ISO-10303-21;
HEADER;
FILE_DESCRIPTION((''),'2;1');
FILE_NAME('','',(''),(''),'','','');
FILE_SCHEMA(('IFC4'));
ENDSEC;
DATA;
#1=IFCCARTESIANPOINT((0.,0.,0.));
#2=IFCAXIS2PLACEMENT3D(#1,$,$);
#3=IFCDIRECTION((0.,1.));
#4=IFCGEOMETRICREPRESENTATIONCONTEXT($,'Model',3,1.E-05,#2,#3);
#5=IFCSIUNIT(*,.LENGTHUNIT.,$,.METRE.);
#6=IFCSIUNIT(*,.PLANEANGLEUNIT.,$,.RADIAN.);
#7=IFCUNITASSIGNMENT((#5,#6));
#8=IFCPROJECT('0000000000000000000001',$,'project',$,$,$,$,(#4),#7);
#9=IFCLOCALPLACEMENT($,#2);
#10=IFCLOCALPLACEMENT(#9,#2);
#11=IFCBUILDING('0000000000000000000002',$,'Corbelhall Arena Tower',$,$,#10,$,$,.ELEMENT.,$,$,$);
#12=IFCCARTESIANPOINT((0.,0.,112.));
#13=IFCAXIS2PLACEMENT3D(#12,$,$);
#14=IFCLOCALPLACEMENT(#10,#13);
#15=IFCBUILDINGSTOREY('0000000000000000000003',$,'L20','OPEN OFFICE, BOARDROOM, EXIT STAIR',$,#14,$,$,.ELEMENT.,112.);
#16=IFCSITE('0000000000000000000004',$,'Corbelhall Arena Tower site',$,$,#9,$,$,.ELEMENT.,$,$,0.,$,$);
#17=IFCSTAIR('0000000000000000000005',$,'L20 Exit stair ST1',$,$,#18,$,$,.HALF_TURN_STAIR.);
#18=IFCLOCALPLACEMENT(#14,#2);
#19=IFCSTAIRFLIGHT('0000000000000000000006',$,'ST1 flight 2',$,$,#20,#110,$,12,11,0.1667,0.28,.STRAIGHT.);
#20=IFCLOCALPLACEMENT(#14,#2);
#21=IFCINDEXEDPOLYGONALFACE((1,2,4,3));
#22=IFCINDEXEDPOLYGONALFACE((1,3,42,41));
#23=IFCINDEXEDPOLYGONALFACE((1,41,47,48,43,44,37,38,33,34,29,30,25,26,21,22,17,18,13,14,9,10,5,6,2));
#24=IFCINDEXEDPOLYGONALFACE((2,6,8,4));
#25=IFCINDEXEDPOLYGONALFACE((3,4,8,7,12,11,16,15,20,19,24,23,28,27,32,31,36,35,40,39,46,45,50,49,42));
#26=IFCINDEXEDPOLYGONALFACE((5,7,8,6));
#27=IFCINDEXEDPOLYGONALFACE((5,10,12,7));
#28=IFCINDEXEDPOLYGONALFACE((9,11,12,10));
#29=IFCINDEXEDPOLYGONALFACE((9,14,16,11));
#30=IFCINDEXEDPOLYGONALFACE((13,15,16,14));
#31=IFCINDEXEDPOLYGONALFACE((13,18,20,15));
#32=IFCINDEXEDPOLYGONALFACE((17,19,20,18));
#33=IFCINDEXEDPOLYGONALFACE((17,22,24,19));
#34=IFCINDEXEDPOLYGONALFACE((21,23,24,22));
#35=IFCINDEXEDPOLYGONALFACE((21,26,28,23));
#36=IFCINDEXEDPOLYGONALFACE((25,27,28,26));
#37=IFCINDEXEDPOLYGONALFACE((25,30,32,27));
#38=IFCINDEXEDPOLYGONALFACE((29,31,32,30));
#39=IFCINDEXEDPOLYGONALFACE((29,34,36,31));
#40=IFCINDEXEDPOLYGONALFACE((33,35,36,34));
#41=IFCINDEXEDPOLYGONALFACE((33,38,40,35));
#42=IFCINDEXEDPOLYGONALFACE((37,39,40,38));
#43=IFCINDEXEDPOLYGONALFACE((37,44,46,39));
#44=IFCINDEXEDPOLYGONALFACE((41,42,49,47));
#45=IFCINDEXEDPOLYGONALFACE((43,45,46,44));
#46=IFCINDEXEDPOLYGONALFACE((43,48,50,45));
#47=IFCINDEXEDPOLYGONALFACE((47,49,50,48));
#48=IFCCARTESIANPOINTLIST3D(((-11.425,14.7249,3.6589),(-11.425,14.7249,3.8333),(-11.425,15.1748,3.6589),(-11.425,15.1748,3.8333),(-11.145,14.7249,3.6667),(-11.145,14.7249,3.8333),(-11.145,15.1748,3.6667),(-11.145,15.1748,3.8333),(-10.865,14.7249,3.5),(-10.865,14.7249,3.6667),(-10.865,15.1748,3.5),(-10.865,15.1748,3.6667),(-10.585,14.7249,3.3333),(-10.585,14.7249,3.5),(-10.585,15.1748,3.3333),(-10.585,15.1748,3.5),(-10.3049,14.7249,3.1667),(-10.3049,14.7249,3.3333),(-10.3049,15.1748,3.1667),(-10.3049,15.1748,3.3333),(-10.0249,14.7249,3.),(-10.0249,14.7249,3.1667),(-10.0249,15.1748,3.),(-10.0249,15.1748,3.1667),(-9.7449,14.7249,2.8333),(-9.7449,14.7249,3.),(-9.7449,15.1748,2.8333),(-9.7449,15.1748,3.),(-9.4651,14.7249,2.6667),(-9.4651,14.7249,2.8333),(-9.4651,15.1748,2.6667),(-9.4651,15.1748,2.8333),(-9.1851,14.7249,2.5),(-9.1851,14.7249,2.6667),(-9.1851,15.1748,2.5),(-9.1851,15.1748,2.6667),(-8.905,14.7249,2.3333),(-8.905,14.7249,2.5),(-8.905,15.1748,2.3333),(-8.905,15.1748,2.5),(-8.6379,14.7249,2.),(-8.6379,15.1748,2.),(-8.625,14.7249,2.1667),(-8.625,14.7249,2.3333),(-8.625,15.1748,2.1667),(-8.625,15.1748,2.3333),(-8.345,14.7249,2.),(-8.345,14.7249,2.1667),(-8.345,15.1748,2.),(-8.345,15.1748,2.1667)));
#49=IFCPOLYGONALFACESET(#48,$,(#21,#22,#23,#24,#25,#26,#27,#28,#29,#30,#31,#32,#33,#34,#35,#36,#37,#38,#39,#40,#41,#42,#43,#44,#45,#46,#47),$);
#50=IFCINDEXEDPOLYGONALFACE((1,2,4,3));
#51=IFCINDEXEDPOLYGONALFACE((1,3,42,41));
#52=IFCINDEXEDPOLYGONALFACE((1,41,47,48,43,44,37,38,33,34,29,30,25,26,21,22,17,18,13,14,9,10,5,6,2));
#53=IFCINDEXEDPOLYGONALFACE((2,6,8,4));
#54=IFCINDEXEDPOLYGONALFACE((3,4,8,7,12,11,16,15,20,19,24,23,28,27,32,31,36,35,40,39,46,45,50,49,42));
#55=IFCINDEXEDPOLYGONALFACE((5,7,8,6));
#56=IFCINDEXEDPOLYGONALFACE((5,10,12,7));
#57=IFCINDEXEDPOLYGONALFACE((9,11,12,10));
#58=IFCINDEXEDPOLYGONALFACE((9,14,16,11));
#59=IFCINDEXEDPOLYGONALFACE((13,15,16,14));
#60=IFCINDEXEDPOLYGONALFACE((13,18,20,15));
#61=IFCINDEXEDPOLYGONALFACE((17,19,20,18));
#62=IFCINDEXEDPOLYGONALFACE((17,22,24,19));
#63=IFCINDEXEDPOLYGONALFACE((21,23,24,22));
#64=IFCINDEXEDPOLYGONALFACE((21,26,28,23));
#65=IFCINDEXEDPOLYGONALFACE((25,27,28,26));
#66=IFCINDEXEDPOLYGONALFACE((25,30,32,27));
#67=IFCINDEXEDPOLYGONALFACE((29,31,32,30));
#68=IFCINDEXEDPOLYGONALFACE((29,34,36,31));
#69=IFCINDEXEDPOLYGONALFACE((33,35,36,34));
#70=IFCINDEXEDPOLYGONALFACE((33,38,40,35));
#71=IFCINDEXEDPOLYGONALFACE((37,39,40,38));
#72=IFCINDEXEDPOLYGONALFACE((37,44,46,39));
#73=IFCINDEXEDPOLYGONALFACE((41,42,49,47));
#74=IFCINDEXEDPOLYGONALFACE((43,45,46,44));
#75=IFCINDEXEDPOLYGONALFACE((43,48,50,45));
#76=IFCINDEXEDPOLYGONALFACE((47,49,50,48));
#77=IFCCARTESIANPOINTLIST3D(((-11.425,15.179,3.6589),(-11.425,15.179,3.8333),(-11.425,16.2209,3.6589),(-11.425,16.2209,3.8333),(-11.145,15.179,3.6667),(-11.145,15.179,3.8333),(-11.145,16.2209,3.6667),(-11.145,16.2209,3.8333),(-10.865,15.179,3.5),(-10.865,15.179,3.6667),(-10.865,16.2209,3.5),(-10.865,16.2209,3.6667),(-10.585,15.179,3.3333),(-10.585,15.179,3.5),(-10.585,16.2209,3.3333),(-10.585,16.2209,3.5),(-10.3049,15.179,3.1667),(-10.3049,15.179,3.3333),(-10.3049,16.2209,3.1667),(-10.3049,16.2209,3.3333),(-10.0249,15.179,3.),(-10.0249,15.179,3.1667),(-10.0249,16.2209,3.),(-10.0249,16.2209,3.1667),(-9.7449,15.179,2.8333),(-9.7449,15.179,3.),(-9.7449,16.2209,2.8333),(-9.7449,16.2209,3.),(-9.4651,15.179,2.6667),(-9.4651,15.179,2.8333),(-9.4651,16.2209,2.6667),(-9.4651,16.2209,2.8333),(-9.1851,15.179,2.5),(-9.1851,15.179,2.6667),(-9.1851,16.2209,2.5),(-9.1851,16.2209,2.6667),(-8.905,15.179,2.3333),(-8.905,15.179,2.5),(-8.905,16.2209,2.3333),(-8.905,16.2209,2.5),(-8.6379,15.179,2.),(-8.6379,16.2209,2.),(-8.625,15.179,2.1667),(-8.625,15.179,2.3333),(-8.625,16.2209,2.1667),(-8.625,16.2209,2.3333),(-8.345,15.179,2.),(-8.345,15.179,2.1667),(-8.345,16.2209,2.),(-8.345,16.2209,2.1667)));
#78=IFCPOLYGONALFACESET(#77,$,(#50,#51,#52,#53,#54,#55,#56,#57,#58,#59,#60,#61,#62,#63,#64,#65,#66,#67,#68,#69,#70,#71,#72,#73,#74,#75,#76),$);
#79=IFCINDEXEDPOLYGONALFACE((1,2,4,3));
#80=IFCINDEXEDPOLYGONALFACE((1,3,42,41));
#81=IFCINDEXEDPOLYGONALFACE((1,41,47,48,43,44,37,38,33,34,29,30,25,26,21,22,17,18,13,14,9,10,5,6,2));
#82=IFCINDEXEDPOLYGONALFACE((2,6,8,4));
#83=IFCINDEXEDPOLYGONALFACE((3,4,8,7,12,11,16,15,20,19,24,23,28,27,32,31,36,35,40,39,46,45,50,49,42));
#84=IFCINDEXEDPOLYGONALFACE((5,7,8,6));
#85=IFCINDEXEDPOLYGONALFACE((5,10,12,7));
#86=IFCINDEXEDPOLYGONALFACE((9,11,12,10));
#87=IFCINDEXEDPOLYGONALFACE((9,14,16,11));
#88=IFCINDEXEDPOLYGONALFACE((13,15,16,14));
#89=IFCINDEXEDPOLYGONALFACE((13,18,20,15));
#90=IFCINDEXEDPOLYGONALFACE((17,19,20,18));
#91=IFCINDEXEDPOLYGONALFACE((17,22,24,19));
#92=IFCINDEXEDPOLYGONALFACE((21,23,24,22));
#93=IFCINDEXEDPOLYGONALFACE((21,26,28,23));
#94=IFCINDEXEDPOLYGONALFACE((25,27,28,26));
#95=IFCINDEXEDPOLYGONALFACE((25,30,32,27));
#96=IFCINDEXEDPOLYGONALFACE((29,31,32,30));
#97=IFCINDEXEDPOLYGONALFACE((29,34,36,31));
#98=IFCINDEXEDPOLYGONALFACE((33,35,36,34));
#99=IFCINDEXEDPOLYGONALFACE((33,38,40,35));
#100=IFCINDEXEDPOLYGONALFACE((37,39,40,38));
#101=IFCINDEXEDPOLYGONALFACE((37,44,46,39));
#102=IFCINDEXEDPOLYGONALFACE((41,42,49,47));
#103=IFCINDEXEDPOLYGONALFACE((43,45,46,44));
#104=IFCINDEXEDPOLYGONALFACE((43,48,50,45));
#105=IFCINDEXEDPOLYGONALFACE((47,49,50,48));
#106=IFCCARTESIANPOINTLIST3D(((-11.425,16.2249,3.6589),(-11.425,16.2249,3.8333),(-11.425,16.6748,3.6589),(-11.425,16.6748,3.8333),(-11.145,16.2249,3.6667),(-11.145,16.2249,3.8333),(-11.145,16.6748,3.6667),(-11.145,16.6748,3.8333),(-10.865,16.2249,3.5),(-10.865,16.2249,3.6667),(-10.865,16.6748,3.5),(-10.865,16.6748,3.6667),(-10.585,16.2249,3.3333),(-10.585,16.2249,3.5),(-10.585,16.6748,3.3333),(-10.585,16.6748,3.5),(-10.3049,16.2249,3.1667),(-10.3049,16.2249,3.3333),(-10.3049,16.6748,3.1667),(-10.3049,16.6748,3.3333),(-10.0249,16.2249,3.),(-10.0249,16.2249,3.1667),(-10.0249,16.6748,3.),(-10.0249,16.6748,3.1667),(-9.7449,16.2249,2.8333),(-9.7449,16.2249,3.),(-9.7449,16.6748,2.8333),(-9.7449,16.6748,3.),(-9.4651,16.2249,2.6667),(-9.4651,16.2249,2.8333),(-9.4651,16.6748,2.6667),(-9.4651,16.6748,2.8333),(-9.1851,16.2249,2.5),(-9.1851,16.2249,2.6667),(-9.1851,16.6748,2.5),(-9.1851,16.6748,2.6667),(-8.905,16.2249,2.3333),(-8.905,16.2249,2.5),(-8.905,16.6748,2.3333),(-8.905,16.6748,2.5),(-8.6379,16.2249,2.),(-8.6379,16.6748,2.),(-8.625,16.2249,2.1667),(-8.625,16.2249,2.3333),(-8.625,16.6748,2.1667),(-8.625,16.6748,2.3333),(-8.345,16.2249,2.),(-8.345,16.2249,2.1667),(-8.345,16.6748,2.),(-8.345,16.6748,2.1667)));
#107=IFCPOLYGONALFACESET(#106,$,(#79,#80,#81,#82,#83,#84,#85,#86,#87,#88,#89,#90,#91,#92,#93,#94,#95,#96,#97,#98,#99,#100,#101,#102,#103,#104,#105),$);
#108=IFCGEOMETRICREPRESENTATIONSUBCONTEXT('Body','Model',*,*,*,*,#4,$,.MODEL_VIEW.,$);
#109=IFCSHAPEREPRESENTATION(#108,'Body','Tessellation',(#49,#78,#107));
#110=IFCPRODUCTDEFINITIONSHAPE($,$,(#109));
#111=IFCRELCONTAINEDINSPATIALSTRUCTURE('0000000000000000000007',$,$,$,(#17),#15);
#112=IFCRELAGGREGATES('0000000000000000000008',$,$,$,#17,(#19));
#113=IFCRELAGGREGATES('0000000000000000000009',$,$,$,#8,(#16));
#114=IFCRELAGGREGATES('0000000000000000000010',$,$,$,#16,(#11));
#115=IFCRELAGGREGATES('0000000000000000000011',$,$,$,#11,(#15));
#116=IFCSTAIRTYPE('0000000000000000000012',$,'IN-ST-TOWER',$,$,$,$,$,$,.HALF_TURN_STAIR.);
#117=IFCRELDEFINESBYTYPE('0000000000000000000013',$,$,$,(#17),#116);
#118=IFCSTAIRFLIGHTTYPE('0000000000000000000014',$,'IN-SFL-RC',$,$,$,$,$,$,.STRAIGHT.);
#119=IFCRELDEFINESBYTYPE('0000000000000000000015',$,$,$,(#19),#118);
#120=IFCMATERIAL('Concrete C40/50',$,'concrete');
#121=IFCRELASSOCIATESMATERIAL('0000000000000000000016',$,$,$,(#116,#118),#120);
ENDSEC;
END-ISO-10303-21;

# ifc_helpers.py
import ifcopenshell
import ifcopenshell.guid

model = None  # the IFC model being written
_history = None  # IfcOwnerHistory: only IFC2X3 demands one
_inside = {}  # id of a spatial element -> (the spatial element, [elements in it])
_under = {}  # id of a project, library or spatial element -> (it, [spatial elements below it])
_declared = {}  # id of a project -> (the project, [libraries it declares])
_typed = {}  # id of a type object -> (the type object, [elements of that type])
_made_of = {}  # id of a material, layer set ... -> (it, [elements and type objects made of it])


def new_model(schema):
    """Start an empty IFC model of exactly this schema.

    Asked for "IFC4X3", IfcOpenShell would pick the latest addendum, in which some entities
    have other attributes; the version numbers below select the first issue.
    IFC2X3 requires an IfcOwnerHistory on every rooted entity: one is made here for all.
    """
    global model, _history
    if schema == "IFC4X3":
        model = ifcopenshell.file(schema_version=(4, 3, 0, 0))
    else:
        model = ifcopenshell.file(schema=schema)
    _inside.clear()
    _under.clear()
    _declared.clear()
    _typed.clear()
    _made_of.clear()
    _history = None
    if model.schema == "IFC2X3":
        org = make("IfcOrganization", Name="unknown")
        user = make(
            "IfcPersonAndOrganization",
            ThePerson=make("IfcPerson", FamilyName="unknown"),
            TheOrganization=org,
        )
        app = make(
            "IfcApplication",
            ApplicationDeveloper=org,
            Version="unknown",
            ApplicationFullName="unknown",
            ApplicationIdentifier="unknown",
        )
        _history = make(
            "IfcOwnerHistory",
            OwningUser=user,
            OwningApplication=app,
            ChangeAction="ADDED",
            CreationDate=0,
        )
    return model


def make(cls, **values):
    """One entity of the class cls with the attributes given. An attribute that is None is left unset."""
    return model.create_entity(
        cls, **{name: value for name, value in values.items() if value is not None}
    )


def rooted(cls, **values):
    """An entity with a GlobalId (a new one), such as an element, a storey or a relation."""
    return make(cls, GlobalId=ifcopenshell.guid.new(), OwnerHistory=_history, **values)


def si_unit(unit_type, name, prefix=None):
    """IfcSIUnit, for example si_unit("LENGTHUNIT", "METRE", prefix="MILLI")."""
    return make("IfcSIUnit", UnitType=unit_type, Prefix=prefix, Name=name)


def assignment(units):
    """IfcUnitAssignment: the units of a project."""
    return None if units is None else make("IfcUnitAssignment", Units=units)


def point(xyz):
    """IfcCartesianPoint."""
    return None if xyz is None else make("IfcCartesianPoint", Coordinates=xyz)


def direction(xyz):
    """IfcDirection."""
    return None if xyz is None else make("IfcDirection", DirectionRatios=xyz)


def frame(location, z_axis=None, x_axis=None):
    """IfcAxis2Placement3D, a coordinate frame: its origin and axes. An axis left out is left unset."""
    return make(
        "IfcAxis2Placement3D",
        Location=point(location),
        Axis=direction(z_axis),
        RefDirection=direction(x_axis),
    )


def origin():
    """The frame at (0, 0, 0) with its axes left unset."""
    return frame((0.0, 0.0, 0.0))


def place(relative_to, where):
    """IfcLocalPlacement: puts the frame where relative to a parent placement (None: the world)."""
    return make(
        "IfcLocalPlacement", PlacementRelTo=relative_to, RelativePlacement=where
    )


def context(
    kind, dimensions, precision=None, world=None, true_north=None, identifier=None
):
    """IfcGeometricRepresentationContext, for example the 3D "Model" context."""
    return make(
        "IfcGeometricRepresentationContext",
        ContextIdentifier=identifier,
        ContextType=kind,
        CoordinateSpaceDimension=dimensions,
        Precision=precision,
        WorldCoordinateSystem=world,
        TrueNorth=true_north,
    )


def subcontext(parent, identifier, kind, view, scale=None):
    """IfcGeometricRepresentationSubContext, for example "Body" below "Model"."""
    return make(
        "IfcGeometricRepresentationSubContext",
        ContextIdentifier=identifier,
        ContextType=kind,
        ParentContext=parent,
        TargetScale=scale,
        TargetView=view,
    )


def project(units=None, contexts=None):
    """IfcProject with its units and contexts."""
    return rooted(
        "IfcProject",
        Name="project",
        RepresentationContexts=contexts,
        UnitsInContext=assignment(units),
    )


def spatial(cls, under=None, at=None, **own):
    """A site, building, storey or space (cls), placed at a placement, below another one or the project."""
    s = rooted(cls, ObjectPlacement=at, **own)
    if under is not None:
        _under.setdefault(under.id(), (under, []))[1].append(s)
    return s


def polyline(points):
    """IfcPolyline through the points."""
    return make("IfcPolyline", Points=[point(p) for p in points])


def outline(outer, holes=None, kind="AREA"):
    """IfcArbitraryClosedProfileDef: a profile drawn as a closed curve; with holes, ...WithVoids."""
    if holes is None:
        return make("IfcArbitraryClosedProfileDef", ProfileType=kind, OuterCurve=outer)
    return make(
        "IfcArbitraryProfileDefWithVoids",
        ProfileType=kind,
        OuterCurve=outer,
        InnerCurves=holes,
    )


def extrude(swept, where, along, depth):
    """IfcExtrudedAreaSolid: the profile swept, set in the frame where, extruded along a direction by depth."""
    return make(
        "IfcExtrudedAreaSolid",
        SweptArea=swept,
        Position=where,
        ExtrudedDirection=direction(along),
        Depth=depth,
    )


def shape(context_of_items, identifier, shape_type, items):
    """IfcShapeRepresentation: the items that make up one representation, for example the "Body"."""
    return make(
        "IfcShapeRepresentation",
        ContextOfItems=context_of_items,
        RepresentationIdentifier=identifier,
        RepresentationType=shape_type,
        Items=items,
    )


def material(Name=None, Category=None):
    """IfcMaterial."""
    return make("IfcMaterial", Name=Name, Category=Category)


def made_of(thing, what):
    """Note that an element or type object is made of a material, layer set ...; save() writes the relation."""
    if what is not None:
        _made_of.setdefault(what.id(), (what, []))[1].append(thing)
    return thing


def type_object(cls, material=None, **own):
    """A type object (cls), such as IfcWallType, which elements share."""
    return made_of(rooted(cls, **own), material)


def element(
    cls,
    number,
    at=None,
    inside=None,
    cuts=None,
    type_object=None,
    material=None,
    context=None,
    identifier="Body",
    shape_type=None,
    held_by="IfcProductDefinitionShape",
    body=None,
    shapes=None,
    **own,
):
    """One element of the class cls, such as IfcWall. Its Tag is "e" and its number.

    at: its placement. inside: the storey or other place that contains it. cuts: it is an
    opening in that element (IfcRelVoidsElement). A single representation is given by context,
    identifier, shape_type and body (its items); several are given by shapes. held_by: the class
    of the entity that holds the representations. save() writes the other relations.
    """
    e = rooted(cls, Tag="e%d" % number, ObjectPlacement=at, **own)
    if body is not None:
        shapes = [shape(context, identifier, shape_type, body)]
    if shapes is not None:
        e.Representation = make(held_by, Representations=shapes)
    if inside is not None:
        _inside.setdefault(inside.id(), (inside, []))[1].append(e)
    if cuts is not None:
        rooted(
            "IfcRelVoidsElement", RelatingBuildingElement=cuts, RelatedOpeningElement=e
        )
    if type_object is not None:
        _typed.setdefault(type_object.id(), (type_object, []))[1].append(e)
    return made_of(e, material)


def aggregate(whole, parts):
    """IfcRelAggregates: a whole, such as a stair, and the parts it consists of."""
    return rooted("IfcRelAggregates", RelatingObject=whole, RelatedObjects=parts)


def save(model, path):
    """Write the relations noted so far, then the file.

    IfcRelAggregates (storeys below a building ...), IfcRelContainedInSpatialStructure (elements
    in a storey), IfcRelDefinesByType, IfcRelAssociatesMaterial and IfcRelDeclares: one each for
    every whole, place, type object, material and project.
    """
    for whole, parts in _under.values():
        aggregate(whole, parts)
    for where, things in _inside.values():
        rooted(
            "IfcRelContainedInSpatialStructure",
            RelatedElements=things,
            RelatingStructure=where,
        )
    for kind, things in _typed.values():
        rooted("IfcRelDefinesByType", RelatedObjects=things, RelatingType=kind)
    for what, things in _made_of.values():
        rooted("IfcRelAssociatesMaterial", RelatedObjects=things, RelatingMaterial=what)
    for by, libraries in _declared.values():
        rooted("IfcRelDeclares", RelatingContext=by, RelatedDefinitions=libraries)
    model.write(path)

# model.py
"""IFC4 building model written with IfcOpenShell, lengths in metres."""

from ifc_helpers import new_model, si_unit, direction, frame, origin, place, context, subcontext, project, spatial, polyline, outline, extrude, material, type_object, element, aggregate, save


model = new_model("IFC4")

# Units and contexts
model_context = context("Model", 3, precision=1e-05, world=origin(), true_north=direction((0.0, 1.0)))
body_context = subcontext(model_context, "Body", "Model", "MODEL_VIEW")
ifc_project = project(units=[si_unit("LENGTHUNIT", "METRE"), si_unit("PLANEANGLEUNIT", "RADIAN")], contexts=[model_context])

# Site, building, storey
site_placement = place(None, origin())
site = spatial("IfcSite", under=ifc_project, at=site_placement, Name="Corbelhall Arena Tower site", CompositionType="ELEMENT", RefElevation=0.0)
building_placement = place(site_placement, origin())
building = spatial("IfcBuilding", under=site, at=building_placement, Name="Corbelhall Arena Tower", CompositionType="ELEMENT")
storey_placement = place(building_placement, frame((0.0, 0.0, 112.0)))
storey = spatial("IfcBuildingStorey", under=building, at=storey_placement, Name="L20", Description="OPEN OFFICE, BOARDROOM, EXIT STAIR", CompositionType="ELEMENT", Elevation=112.0)

# Shared definitions
ifc_material_1 = material(Name="Concrete C40/50", Category="concrete")

# Stair, stair flight
stair_type = type_object("IfcStairType", Name="IN-ST-TOWER", PredefinedType="HALF_TURN_STAIR", material=ifc_material_1)
stair_placement = place(storey_placement, origin())
stair = element("IfcStair", 1, at=stair_placement, inside=storey, type_object=stair_type, Name="L20 Exit stair ST1", PredefinedType="HALF_TURN_STAIR")
stair_flight_type = type_object("IfcStairFlightType", Name="IN-SFL-RC", PredefinedType="STRAIGHT", material=ifc_material_1)
stair_flight_placement = place(storey_placement, frame((-8.345, 15.7, 2.0), z_axis=(0.0, 0.0, 1.0), x_axis=(-1.0, 0.0, 0.0)))
stair_flight = element("IfcStairFlight", 2, at=stair_flight_placement, type_object=stair_flight_type, Name="ST1 flight 2", NumberOfRisers=12, NumberOfTreads=11, PredefinedType="STRAIGHT", RiserHeight=0.1667, TreadLength=0.28, context=body_context, shape_type="SweptSolid", body=[
    extrude(outline(polyline([(0.0, 0.0), (0.0, 0.1667), (0.28, 0.1667), (0.28, 0.3333), (0.5601, 0.3333), (0.5601, 0.5), (0.8401, 0.5), (0.8401, 0.6667), (1.1201, 0.6667), (1.1201, 0.8333), (1.3999, 0.8333), (1.3999, 1.0), (1.6799, 1.0), (1.6799, 1.1667), (1.96, 1.1667), (1.96, 1.3333), (2.24, 1.3333), (2.24, 1.5), (2.52, 1.5), (2.52, 1.6667), (2.8, 1.6667), (2.8, 1.8333), (3.0801, 1.8333), (3.0801, 2.0), (3.0801, 1.6589), (0.293, 0.0), (0.0, 0.0)])), frame((0.0, 0.9751, 0.0), z_axis=(0.0, -1.0, 0.0), x_axis=(1.0, 0.0, 0.0)), (0.0, 0.0, 1.0), 0.45),
    extrude(outline(polyline([(0.0, 0.0), (0.0, 0.1667), (0.28, 0.1667), (0.28, 0.3333), (0.5601, 0.3333), (0.5601, 0.5), (0.8401, 0.5), (0.8401, 0.6667), (1.1201, 0.6667), (1.1201, 0.8333), (1.3999, 0.8333), (1.3999, 1.0), (1.6799, 1.0), (1.6799, 1.1667), (1.96, 1.1667), (1.96, 1.3333), (2.24, 1.3333), (2.24, 1.5), (2.52, 1.5), (2.52, 1.6667), (2.8, 1.6667), (2.8, 1.8333), (3.0801, 1.8333), (3.0801, 2.0), (3.0801, 1.6589), (0.293, 0.0), (0.0, 0.0)])), frame((0.0, 0.521, 0.0), z_axis=(0.0, -1.0, 0.0), x_axis=(1.0, 0.0, 0.0)), (0.0, 0.0, 1.0), 1.042),
    extrude(outline(polyline([(0.0, 0.0), (0.0, 0.1667), (0.28, 0.1667), (0.28, 0.3333), (0.5601, 0.3333), (0.5601, 0.5), (0.8401, 0.5), (0.8401, 0.6667), (1.1201, 0.6667), (1.1201, 0.8333), (1.3999, 0.8333), (1.3999, 1.0), (1.6799, 1.0), (1.6799, 1.1667), (1.96, 1.1667), (1.96, 1.3333), (2.24, 1.3333), (2.24, 1.5), (2.52, 1.5), (2.52, 1.6667), (2.8, 1.6667), (2.8, 1.8333), (3.0801, 1.8333), (3.0801, 2.0), (3.0801, 1.6589), (0.293, 0.0), (0.0, 0.0)])), frame((0.0, -0.5249, 0.0), z_axis=(0.0, -1.0, 0.0), x_axis=(1.0, 0.0, 0.0)), (0.0, 0.0, 1.0), 0.45),
])
aggregate(stair, [stair_flight])

save(model, "model.ifc")
